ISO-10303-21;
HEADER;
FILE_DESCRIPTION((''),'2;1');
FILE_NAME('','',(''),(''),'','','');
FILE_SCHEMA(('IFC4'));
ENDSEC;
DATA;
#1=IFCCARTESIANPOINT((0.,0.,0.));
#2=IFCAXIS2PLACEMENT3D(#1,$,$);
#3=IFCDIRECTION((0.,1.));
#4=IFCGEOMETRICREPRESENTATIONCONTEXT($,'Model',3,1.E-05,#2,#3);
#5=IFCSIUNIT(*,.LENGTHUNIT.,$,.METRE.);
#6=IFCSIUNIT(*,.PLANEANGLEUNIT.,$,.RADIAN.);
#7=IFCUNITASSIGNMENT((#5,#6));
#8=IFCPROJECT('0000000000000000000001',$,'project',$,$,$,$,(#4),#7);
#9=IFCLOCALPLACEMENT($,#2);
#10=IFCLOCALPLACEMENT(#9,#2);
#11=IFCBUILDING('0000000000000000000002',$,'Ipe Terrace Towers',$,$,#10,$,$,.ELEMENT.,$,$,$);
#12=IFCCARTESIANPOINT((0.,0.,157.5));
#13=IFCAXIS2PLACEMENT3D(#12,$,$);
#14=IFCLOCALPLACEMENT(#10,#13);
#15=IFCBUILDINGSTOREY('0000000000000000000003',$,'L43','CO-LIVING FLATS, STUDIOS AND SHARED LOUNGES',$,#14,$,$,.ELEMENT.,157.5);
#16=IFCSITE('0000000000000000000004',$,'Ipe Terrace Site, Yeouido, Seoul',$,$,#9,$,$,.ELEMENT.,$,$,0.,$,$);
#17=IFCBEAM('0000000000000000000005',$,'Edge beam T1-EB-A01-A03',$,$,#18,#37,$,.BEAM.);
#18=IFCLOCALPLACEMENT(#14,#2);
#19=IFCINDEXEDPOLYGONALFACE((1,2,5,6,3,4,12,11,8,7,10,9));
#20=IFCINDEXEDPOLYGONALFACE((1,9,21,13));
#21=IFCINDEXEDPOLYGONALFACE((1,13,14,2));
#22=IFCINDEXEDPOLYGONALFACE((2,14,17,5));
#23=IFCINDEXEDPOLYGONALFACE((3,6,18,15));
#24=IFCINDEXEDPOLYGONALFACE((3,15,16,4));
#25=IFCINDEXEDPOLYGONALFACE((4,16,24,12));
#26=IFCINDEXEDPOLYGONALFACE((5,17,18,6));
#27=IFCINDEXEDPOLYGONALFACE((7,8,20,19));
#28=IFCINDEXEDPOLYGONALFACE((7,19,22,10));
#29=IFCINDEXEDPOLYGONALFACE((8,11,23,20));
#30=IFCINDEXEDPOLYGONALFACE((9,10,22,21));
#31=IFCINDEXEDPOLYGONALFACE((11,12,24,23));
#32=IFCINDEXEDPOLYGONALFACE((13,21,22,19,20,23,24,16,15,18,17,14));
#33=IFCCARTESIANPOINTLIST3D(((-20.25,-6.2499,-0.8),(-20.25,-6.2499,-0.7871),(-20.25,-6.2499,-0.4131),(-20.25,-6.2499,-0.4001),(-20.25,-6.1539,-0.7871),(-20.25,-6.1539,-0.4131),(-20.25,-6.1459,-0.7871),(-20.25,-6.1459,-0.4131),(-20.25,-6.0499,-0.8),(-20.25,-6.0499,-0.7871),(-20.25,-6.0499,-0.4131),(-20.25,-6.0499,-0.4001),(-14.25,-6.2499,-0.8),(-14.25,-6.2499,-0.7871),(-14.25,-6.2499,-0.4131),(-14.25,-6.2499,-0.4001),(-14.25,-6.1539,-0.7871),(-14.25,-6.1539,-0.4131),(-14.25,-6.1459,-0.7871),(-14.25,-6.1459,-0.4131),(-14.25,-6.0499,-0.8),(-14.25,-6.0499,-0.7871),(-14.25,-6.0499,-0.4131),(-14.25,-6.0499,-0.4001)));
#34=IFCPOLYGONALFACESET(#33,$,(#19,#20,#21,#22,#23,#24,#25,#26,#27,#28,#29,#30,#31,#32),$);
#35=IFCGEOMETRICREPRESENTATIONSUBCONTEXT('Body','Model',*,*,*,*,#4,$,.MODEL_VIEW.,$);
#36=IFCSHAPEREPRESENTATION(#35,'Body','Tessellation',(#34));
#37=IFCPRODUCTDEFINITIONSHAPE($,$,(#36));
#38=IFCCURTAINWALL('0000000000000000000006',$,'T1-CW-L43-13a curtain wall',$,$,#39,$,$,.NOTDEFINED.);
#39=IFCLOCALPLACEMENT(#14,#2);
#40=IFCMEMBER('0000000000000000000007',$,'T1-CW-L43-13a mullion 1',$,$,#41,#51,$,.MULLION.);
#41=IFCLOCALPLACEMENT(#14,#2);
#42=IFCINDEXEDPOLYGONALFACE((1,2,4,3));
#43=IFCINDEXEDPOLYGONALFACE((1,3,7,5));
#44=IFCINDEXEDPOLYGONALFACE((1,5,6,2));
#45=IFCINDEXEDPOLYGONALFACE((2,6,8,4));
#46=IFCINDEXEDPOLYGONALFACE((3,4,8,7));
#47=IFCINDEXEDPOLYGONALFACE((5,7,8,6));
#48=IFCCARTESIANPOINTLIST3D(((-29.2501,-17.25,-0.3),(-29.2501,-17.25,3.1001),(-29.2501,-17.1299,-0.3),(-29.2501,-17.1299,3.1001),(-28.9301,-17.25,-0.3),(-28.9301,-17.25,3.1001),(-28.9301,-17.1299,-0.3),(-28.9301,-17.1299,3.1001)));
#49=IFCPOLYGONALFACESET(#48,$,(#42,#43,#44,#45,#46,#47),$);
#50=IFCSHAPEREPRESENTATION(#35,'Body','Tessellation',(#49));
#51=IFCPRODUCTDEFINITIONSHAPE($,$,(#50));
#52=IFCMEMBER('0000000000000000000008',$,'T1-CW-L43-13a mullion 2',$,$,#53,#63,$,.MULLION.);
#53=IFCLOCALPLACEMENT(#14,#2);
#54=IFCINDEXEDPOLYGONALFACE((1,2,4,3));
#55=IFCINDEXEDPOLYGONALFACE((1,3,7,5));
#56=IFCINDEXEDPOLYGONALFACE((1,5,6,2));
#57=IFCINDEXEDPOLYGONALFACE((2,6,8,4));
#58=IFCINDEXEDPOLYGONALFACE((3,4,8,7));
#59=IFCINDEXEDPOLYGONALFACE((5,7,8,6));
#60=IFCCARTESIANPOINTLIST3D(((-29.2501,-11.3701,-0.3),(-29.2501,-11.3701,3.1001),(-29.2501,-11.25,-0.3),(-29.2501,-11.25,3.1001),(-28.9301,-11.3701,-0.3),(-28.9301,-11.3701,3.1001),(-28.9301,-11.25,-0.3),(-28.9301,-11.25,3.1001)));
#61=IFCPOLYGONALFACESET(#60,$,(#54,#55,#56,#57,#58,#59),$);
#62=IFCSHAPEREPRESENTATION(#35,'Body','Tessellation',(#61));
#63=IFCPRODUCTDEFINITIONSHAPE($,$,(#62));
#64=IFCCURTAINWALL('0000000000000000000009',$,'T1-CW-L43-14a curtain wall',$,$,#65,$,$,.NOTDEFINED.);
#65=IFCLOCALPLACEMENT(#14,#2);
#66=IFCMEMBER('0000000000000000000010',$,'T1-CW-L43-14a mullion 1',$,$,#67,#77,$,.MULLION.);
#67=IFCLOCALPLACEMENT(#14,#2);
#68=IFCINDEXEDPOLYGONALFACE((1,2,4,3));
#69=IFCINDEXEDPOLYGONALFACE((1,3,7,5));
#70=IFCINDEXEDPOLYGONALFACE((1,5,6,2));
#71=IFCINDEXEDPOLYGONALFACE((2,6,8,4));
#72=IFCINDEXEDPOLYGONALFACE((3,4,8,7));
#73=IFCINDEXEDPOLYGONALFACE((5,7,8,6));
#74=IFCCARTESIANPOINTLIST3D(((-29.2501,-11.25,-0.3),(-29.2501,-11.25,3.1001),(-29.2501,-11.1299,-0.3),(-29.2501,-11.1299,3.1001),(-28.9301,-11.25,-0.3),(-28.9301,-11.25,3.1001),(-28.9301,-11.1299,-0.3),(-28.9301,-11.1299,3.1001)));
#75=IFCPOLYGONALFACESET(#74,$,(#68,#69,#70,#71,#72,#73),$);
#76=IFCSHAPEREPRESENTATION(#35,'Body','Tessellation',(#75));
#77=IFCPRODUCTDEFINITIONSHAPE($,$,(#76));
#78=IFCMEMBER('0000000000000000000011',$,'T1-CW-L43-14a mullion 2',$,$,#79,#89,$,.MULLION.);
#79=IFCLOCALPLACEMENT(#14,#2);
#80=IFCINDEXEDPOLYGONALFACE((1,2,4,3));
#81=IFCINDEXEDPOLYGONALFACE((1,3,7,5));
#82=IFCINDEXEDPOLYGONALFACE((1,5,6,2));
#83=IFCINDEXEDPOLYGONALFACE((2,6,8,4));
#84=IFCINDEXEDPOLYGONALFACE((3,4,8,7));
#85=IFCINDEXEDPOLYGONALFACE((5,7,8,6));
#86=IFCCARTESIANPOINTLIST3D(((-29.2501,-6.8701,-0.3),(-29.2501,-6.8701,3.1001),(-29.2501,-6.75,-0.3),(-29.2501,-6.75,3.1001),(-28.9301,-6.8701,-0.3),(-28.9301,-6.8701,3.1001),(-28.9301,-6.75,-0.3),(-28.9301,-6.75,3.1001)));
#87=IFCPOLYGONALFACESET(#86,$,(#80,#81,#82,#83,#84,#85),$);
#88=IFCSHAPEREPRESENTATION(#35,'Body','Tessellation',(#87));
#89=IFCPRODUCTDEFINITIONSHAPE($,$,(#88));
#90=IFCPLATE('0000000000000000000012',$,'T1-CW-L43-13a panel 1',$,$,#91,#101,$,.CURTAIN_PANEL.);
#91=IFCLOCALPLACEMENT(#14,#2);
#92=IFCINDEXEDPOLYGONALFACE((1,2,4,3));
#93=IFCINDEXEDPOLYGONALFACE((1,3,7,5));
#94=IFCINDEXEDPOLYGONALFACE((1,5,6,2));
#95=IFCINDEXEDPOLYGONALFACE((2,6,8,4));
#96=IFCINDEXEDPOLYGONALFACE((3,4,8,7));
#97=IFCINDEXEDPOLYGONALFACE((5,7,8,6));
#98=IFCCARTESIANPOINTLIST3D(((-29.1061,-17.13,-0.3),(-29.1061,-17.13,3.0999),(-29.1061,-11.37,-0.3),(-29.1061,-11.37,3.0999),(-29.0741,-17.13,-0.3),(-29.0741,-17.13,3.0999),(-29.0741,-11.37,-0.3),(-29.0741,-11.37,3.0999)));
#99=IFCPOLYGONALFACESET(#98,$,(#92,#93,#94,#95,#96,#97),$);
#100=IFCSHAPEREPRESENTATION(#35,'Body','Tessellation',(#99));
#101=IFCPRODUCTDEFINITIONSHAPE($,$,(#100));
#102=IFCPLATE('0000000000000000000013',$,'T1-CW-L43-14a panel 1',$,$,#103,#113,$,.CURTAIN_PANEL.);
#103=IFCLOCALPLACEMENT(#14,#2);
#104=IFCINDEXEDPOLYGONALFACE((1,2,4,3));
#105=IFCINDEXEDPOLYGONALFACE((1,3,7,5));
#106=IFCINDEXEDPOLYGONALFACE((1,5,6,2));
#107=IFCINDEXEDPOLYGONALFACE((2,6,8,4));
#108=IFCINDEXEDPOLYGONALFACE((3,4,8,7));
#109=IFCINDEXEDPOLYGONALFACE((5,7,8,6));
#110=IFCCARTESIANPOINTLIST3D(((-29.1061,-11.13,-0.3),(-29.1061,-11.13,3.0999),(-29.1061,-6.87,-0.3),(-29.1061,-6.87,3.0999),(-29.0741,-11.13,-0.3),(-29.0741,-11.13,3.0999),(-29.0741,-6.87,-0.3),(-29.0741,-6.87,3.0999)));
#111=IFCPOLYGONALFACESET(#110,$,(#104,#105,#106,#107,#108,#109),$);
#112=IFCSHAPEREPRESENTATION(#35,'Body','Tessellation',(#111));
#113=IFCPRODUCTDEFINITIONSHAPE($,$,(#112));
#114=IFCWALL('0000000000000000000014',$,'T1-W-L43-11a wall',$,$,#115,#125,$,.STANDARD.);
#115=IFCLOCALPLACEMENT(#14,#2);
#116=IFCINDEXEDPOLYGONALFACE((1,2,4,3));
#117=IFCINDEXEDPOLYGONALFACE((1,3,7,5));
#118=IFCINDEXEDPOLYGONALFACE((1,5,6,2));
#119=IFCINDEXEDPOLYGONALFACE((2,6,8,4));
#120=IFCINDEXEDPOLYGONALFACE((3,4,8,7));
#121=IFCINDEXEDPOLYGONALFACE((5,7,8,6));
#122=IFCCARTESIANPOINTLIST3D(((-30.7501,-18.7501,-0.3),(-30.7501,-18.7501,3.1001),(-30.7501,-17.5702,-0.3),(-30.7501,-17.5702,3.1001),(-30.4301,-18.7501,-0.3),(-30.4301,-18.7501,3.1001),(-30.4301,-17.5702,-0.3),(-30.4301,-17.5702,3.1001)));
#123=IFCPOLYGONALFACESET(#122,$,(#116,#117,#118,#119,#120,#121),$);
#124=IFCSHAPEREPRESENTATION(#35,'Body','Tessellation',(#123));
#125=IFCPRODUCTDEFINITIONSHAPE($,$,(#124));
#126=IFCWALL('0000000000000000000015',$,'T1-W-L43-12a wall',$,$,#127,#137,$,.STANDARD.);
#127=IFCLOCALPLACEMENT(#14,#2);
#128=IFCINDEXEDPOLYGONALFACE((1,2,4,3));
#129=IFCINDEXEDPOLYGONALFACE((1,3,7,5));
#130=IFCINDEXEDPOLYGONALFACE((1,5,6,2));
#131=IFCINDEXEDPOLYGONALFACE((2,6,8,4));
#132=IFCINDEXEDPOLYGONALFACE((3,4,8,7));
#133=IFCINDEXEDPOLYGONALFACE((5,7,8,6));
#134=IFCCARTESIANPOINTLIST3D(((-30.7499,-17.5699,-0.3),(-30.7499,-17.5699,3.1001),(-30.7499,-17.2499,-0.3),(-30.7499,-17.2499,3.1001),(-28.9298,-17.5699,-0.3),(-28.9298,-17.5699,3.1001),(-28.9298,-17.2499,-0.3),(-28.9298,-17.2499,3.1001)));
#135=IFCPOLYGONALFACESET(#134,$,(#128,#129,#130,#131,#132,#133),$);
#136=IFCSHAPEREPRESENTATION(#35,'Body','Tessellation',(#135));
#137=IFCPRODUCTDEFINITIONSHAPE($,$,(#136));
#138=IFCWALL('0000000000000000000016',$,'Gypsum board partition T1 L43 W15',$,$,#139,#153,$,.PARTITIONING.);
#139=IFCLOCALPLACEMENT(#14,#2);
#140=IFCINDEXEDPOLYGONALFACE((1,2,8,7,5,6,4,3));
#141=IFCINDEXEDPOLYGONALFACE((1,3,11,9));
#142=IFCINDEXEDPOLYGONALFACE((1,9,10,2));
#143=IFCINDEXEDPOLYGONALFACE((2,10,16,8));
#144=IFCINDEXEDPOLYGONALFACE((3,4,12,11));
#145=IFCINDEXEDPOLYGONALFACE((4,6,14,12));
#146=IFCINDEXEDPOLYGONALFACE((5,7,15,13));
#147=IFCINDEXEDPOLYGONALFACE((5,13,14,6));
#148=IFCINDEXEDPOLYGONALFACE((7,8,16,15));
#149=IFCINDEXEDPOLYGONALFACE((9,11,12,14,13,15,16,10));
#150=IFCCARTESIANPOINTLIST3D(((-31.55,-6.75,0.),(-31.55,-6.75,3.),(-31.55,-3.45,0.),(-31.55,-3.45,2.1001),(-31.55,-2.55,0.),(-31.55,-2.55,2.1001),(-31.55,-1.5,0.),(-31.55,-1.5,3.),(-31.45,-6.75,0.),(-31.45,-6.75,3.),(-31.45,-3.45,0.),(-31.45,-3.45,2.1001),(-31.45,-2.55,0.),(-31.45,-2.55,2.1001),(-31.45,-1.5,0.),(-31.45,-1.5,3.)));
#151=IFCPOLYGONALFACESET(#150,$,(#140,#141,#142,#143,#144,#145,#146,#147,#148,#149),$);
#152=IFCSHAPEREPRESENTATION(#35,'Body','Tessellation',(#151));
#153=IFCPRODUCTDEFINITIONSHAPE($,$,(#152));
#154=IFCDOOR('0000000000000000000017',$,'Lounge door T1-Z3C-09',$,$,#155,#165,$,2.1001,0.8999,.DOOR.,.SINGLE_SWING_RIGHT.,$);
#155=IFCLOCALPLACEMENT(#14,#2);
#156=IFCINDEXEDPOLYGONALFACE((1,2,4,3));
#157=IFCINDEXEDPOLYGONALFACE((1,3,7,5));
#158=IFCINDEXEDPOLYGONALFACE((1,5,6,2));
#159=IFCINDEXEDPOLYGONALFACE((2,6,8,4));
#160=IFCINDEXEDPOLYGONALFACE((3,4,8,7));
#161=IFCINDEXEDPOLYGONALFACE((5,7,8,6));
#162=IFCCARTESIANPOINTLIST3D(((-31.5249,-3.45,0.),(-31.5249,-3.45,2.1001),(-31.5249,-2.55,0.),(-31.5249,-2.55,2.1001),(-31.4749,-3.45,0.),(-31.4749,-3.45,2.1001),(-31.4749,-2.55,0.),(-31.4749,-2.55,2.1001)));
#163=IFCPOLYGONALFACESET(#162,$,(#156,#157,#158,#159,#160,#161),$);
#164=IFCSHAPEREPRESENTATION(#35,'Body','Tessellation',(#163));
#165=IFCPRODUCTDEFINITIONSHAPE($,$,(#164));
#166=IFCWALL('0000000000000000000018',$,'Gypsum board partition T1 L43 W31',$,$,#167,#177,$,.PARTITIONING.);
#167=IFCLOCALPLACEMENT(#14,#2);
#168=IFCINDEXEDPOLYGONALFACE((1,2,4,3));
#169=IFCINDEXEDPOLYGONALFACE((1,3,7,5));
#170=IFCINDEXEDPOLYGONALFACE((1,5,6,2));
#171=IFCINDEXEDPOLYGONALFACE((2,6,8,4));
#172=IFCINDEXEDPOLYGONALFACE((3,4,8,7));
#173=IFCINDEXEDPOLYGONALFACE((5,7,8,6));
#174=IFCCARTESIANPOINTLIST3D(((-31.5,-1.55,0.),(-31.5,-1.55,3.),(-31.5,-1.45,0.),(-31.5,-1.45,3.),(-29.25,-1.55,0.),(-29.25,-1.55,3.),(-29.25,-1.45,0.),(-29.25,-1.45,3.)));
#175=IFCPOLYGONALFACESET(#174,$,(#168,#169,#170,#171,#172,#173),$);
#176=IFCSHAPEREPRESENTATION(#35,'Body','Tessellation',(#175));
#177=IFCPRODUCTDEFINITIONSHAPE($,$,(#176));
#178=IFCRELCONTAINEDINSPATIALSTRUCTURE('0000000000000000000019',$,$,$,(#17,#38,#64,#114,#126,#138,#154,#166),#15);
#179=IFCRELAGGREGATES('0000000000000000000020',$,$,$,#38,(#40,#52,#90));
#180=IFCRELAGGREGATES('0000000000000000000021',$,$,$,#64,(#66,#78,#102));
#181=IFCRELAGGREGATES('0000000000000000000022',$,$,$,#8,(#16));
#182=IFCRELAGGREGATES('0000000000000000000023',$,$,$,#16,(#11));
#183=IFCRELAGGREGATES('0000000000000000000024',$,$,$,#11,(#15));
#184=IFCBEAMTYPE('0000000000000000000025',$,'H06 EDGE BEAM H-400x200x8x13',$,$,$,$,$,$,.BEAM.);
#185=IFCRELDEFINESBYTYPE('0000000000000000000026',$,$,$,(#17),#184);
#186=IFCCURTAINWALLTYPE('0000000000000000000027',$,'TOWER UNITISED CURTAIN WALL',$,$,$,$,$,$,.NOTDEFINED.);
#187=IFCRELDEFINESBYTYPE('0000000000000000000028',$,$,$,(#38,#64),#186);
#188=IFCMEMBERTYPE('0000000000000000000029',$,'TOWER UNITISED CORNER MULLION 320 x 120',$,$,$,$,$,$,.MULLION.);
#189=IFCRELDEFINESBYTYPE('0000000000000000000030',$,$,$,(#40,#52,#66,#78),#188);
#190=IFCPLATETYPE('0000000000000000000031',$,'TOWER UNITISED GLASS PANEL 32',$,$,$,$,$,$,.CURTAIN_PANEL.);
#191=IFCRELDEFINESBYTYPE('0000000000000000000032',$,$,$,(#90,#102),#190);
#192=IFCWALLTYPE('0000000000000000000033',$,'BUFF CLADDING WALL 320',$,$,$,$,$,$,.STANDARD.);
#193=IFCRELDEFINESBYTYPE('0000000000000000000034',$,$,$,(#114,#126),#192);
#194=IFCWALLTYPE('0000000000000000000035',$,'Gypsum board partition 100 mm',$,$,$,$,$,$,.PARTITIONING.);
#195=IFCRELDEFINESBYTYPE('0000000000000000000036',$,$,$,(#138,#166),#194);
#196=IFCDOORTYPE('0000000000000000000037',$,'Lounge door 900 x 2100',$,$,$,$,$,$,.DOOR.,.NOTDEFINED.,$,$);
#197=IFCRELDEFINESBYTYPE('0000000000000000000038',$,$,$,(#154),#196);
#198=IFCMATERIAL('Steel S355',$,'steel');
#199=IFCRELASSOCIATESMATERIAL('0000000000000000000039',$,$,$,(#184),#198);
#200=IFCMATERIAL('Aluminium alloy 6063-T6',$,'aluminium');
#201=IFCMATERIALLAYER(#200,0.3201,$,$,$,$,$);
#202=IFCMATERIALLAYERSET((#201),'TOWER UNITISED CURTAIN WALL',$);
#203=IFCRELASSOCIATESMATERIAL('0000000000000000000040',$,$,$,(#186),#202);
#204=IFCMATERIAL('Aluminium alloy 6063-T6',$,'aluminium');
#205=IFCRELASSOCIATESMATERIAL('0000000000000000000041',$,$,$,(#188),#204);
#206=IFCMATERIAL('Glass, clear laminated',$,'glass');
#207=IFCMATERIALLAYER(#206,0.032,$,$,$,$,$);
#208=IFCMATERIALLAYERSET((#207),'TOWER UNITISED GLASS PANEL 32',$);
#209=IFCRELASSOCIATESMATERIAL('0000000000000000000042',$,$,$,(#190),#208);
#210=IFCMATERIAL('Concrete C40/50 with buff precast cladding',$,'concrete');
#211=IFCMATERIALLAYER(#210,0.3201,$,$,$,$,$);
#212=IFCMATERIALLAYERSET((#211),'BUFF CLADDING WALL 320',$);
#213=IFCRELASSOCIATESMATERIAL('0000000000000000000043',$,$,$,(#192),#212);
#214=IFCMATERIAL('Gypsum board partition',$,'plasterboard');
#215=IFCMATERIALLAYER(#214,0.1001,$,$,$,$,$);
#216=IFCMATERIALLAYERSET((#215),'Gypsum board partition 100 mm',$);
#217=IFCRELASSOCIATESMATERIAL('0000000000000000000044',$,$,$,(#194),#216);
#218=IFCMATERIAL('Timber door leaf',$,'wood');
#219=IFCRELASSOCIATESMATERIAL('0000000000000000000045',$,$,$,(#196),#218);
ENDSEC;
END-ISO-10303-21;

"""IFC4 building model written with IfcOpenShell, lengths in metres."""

from ifc_helpers import new_model, si_unit, direction, frame, frame_2d, origin, origin_2d, place, context, subcontext, project, spatial, rectangle, i_section, extrude, material, layer, layer_set, material_profile, profile_set, type_object, element, fill, aggregate, save


model = new_model("IFC4")

# Units and contexts
model_context = context("Model", 3, precision=1e-05, world=origin(), true_north=direction((0.0, 1.0)))
body_context = subcontext(model_context, "Body", "Model", "MODEL_VIEW")
ifc_project = project(units=[si_unit("LENGTHUNIT", "METRE"), si_unit("PLANEANGLEUNIT", "RADIAN")], contexts=[model_context])

# Site, building, storey
site_placement = place(None, origin())
site = spatial("IfcSite", under=ifc_project, at=site_placement, Name="Ipe Terrace Site, Yeouido, Seoul", CompositionType="ELEMENT", RefElevation=0.0)
building_placement = place(site_placement, origin())
building = spatial("IfcBuilding", under=site, at=building_placement, Name="Ipe Terrace Towers", CompositionType="ELEMENT")
storey_placement = place(building_placement, frame((0.0, 0.0, 157.5)))
storey = spatial("IfcBuildingStorey", under=building, at=storey_placement, Name="L43", Description="CO-LIVING FLATS, STUDIOS AND SHARED LOUNGES", CompositionType="ELEMENT", Elevation=157.5)

# Beam
ifc_material_1 = material(Name="Steel S355", Category="steel")
ifc_material_profile_1 = material_profile(ifc_material_1, i_section(OverallWidth=0.2, OverallDepth=0.3999, WebThickness=0.0081, FlangeThickness=0.0129, at=origin_2d()), Name="H-400x200x8x13")
ifc_profile_set_1 = profile_set([ifc_material_profile_1], Name="Steel S355")
beam_type_1 = type_object("IfcBeamType", Name="H06 EDGE BEAM H-400x200x8x13", PredefinedType="BEAM", material=ifc_profile_set_1)
beam_1_placement = place(storey_placement, frame((-20.25, -6.1499, -0.6001), z_axis=(1.0, 0.0, 0.0), x_axis=(0.0, 1.0, 0.0)))
element("IfcBeam", 1, at=beam_1_placement, inside=storey, type_object=beam_type_1, Name="Edge beam T1-EB-A01-A03", PredefinedType="BEAM", context=body_context, shape_type="SweptSolid", body=[
    extrude(i_section(OverallWidth=0.2, OverallDepth=0.3999, WebThickness=0.0081, FlangeThickness=0.0129, at=origin_2d()), origin(), (0.0, 0.0, 1.0), 6.0),
])

# Curtain walls, members
ifc_material_2 = material(Name="Aluminium alloy 6063-T6", Category="aluminium")
ifc_layer_1 = layer(ifc_material_2, 0.3201)
ifc_layer_set_1 = layer_set([ifc_layer_1], Name="TOWER UNITISED CURTAIN WALL")
curtain_wall_type = type_object("IfcCurtainWallType", Name="TOWER UNITISED CURTAIN WALL", PredefinedType="NOTDEFINED", material=ifc_layer_set_1)
curtain_wall_1_placement = place(storey_placement, origin())
curtain_wall_1 = element("IfcCurtainWall", 2, at=curtain_wall_1_placement, inside=storey, type_object=curtain_wall_type, Name="T1-CW-L43-13a curtain wall", PredefinedType="NOTDEFINED")
ifc_material_3 = material(Name="Aluminium alloy 6063-T6", Category="aluminium")
ifc_material_profile_2 = material_profile(ifc_material_3, rectangle(XDim=0.3201, YDim=0.1201, at=origin_2d()), Name="TOWER UNITISED CORNER MULLION 320 x 120")
ifc_profile_set_2 = profile_set([ifc_material_profile_2], Name="Aluminium alloy 6063-T6")
member_type = type_object("IfcMemberType", Name="TOWER UNITISED CORNER MULLION 320 x 120", PredefinedType="MULLION", material=ifc_profile_set_2)
member_1_placement = place(storey_placement, frame((-29.0901, -17.1899, -0.3), z_axis=(0.0, 0.0, 1.0), x_axis=(1.0, 0.0, 0.0)))
member_1 = element("IfcMember", 3, at=member_1_placement, type_object=member_type, Name="T1-CW-L43-13a mullion 1", PredefinedType="MULLION", context=body_context, shape_type="SweptSolid", body=[
    extrude(rectangle(XDim=0.3201, YDim=0.1201, at=origin_2d()), origin(), (0.0, 0.0, 1.0), 3.4001),
])
member_2_placement = place(storey_placement, frame((-29.0901, -11.3101, -0.3), z_axis=(0.0, 0.0, 1.0), x_axis=(1.0, 0.0, 0.0)))
member_2 = element("IfcMember", 4, at=member_2_placement, type_object=member_type, Name="T1-CW-L43-13a mullion 2", PredefinedType="MULLION", context=body_context, shape_type="SweptSolid", body=[
    extrude(rectangle(XDim=0.3201, YDim=0.1201, at=origin_2d()), origin(), (0.0, 0.0, 1.0), 3.4001),
])
curtain_wall_2_placement = place(storey_placement, origin())
curtain_wall_2 = element("IfcCurtainWall", 5, at=curtain_wall_2_placement, inside=storey, type_object=curtain_wall_type, Name="T1-CW-L43-14a curtain wall", PredefinedType="NOTDEFINED")
member_3_placement = place(storey_placement, frame((-29.0901, -11.1899, -0.3), z_axis=(0.0, 0.0, 1.0), x_axis=(1.0, 0.0, 0.0)))
member_3 = element("IfcMember", 6, at=member_3_placement, type_object=member_type, Name="T1-CW-L43-14a mullion 1", PredefinedType="MULLION", context=body_context, shape_type="SweptSolid", body=[
    extrude(rectangle(XDim=0.3201, YDim=0.1201, at=origin_2d()), origin(), (0.0, 0.0, 1.0), 3.4001),
])
member_4_placement = place(storey_placement, frame((-29.0901, -6.8101, -0.3), z_axis=(0.0, 0.0, 1.0), x_axis=(1.0, 0.0, 0.0)))
member_4 = element("IfcMember", 7, at=member_4_placement, type_object=member_type, Name="T1-CW-L43-14a mullion 2", PredefinedType="MULLION", context=body_context, shape_type="SweptSolid", body=[
    extrude(rectangle(XDim=0.3201, YDim=0.1201, at=origin_2d()), origin(), (0.0, 0.0, 1.0), 3.4001),
])

# Plates
ifc_material_4 = material(Name="Glass, clear laminated", Category="glass")
ifc_layer_2 = layer(ifc_material_4, 0.032)
ifc_layer_set_2 = layer_set([ifc_layer_2], Name="TOWER UNITISED GLASS PANEL 32")
plate_type = type_object("IfcPlateType", Name="TOWER UNITISED GLASS PANEL 32", PredefinedType="CURTAIN_PANEL", material=ifc_layer_set_2)
plate_1_placement = place(storey_placement, frame((-29.0901, -14.25, -0.3), z_axis=(0.0, 0.0, 1.0), x_axis=(0.0, 1.0, 0.0)))
plate_1 = element("IfcPlate", 8, at=plate_1_placement, type_object=plate_type, Name="T1-CW-L43-13a panel 1", PredefinedType="CURTAIN_PANEL", context=body_context, shape_type="SweptSolid", body=[
    extrude(rectangle(XDim=5.76, YDim=0.032, at=origin_2d()), origin(), (0.0, 0.0, 1.0), 3.3999),
])
aggregate(curtain_wall_1, [member_1, member_2, plate_1])
plate_2_placement = place(storey_placement, frame((-29.0901, -9.0, -0.3), z_axis=(0.0, 0.0, 1.0), x_axis=(0.0, 1.0, 0.0)))
plate_2 = element("IfcPlate", 9, at=plate_2_placement, type_object=plate_type, Name="T1-CW-L43-14a panel 1", PredefinedType="CURTAIN_PANEL", context=body_context, shape_type="SweptSolid", body=[
    extrude(rectangle(XDim=4.26, YDim=0.032, at=origin_2d()), origin(), (0.0, 0.0, 1.0), 3.3999),
])
aggregate(curtain_wall_2, [member_3, member_4, plate_2])

# Walls
ifc_material_5 = material(Name="Concrete C40/50 with buff precast cladding", Category="concrete")
ifc_layer_3 = layer(ifc_material_5, 0.3201)
ifc_layer_set_3 = layer_set([ifc_layer_3], Name="BUFF CLADDING WALL 320")
wall_type_1 = type_object("IfcWallType", Name="BUFF CLADDING WALL 320", PredefinedType="STANDARD", material=ifc_layer_set_3)
wall_1_placement = place(storey_placement, frame((-30.5901, -18.75, -0.3), z_axis=(0.0, 0.0, 1.0), x_axis=(0.0, 1.0, 0.0)))
element("IfcWall", 10, at=wall_1_placement, inside=storey, type_object=wall_type_1, Name="T1-W-L43-11a wall", PredefinedType="STANDARD", context=body_context, shape_type="SweptSolid", body=[
    extrude(rectangle(XDim=1.1799, YDim=0.3201, at=frame_2d((0.5898, 0.0))), origin(), (0.0, 0.0, 1.0), 3.4001),
])
wall_2_placement = place(storey_placement, frame((-30.75, -17.4099, -0.3), z_axis=(0.0, 0.0, 1.0), x_axis=(1.0, 0.0, 0.0)))
element("IfcWall", 11, at=wall_2_placement, inside=storey, type_object=wall_type_1, Name="T1-W-L43-12a wall", PredefinedType="STANDARD", context=body_context, shape_type="SweptSolid", body=[
    extrude(rectangle(XDim=1.8201, YDim=0.3201, at=frame_2d((0.9102, 0.0))), origin(), (0.0, 0.0, 1.0), 3.4001),
])

# Wall, opening, door
ifc_material_6 = material(Name="Gypsum board partition", Category="plasterboard")
ifc_layer_4 = layer(ifc_material_6, 0.1001)
ifc_layer_set_4 = layer_set([ifc_layer_4], Name="Gypsum board partition 100 mm")
wall_type_2 = type_object("IfcWallType", Name="Gypsum board partition 100 mm", PredefinedType="PARTITIONING", material=ifc_layer_set_4)
wall_3_placement = place(storey_placement, frame((-31.5, -6.75, 0.0), z_axis=(0.0, 0.0, 1.0), x_axis=(0.0, 1.0, 0.0)))
wall_3 = element("IfcWall", 12, at=wall_3_placement, inside=storey, type_object=wall_type_2, Name="Gypsum board partition T1 L43 W15", PredefinedType="PARTITIONING", context=body_context, shape_type="SweptSolid", body=[
    extrude(rectangle(XDim=5.25, YDim=0.1001, at=frame_2d((2.625, 0.0))), origin(), (0.0, 0.0, 1.0), 3.0),
])
opening_1_placement = place(wall_3_placement, frame((3.3, 0.0, 0.0)))
opening_1 = element("IfcOpeningElement", 13, at=opening_1_placement, cuts=wall_3, PredefinedType="OPENING", context=body_context, shape_type="SweptSolid", body=[
    extrude(rectangle(XDim=0.8999, YDim=2.1001, at=frame_2d((0.45, 1.05))), frame((0.0, 0.0601, 0.0), z_axis=(0.0, -1.0, 0.0), x_axis=(1.0, 0.0, 0.0)), (0.0, 0.0, 1.0), 0.1201),
])
ifc_material_7 = material(Name="Timber door leaf", Category="wood")
door_type_1 = type_object("IfcDoorType", Name="Lounge door 900 x 2100", OperationType="NOTDEFINED", PredefinedType="DOOR", material=ifc_material_7)
door_1_placement = place(opening_1_placement, origin())
door_1 = element("IfcDoor", 14, at=door_1_placement, inside=storey, type_object=door_type_1, Name="Lounge door T1-Z3C-09", OperationType="SINGLE_SWING_RIGHT", OverallHeight=2.1001, OverallWidth=0.8999, PredefinedType="DOOR", context=body_context, shape_type="SweptSolid", body=[
    extrude(rectangle(XDim=0.8999, YDim=2.1001, at=frame_2d((0.45, 1.05))), frame((0.0, 0.0249, 0.0), z_axis=(0.0, -1.0, 0.0), x_axis=(1.0, 0.0, 0.0)), (0.0, 0.0, 1.0), 0.05),
])
fill(opening_1, door_1)

# Wall
wall_4_placement = place(storey_placement, frame((-31.5, -1.5, 0.0), z_axis=(0.0, 0.0, 1.0), x_axis=(1.0, 0.0, 0.0)))
element("IfcWall", 15, at=wall_4_placement, inside=storey, type_object=wall_type_2, Name="Gypsum board partition T1 L43 W31", PredefinedType="PARTITIONING", context=body_context, shape_type="SweptSolid", body=[
    extrude(rectangle(XDim=2.25, YDim=0.1001, at=frame_2d((1.125, 0.0))), origin(), (0.0, 0.0, 1.0), 3.0),
])

save(model, "model.ifc")
